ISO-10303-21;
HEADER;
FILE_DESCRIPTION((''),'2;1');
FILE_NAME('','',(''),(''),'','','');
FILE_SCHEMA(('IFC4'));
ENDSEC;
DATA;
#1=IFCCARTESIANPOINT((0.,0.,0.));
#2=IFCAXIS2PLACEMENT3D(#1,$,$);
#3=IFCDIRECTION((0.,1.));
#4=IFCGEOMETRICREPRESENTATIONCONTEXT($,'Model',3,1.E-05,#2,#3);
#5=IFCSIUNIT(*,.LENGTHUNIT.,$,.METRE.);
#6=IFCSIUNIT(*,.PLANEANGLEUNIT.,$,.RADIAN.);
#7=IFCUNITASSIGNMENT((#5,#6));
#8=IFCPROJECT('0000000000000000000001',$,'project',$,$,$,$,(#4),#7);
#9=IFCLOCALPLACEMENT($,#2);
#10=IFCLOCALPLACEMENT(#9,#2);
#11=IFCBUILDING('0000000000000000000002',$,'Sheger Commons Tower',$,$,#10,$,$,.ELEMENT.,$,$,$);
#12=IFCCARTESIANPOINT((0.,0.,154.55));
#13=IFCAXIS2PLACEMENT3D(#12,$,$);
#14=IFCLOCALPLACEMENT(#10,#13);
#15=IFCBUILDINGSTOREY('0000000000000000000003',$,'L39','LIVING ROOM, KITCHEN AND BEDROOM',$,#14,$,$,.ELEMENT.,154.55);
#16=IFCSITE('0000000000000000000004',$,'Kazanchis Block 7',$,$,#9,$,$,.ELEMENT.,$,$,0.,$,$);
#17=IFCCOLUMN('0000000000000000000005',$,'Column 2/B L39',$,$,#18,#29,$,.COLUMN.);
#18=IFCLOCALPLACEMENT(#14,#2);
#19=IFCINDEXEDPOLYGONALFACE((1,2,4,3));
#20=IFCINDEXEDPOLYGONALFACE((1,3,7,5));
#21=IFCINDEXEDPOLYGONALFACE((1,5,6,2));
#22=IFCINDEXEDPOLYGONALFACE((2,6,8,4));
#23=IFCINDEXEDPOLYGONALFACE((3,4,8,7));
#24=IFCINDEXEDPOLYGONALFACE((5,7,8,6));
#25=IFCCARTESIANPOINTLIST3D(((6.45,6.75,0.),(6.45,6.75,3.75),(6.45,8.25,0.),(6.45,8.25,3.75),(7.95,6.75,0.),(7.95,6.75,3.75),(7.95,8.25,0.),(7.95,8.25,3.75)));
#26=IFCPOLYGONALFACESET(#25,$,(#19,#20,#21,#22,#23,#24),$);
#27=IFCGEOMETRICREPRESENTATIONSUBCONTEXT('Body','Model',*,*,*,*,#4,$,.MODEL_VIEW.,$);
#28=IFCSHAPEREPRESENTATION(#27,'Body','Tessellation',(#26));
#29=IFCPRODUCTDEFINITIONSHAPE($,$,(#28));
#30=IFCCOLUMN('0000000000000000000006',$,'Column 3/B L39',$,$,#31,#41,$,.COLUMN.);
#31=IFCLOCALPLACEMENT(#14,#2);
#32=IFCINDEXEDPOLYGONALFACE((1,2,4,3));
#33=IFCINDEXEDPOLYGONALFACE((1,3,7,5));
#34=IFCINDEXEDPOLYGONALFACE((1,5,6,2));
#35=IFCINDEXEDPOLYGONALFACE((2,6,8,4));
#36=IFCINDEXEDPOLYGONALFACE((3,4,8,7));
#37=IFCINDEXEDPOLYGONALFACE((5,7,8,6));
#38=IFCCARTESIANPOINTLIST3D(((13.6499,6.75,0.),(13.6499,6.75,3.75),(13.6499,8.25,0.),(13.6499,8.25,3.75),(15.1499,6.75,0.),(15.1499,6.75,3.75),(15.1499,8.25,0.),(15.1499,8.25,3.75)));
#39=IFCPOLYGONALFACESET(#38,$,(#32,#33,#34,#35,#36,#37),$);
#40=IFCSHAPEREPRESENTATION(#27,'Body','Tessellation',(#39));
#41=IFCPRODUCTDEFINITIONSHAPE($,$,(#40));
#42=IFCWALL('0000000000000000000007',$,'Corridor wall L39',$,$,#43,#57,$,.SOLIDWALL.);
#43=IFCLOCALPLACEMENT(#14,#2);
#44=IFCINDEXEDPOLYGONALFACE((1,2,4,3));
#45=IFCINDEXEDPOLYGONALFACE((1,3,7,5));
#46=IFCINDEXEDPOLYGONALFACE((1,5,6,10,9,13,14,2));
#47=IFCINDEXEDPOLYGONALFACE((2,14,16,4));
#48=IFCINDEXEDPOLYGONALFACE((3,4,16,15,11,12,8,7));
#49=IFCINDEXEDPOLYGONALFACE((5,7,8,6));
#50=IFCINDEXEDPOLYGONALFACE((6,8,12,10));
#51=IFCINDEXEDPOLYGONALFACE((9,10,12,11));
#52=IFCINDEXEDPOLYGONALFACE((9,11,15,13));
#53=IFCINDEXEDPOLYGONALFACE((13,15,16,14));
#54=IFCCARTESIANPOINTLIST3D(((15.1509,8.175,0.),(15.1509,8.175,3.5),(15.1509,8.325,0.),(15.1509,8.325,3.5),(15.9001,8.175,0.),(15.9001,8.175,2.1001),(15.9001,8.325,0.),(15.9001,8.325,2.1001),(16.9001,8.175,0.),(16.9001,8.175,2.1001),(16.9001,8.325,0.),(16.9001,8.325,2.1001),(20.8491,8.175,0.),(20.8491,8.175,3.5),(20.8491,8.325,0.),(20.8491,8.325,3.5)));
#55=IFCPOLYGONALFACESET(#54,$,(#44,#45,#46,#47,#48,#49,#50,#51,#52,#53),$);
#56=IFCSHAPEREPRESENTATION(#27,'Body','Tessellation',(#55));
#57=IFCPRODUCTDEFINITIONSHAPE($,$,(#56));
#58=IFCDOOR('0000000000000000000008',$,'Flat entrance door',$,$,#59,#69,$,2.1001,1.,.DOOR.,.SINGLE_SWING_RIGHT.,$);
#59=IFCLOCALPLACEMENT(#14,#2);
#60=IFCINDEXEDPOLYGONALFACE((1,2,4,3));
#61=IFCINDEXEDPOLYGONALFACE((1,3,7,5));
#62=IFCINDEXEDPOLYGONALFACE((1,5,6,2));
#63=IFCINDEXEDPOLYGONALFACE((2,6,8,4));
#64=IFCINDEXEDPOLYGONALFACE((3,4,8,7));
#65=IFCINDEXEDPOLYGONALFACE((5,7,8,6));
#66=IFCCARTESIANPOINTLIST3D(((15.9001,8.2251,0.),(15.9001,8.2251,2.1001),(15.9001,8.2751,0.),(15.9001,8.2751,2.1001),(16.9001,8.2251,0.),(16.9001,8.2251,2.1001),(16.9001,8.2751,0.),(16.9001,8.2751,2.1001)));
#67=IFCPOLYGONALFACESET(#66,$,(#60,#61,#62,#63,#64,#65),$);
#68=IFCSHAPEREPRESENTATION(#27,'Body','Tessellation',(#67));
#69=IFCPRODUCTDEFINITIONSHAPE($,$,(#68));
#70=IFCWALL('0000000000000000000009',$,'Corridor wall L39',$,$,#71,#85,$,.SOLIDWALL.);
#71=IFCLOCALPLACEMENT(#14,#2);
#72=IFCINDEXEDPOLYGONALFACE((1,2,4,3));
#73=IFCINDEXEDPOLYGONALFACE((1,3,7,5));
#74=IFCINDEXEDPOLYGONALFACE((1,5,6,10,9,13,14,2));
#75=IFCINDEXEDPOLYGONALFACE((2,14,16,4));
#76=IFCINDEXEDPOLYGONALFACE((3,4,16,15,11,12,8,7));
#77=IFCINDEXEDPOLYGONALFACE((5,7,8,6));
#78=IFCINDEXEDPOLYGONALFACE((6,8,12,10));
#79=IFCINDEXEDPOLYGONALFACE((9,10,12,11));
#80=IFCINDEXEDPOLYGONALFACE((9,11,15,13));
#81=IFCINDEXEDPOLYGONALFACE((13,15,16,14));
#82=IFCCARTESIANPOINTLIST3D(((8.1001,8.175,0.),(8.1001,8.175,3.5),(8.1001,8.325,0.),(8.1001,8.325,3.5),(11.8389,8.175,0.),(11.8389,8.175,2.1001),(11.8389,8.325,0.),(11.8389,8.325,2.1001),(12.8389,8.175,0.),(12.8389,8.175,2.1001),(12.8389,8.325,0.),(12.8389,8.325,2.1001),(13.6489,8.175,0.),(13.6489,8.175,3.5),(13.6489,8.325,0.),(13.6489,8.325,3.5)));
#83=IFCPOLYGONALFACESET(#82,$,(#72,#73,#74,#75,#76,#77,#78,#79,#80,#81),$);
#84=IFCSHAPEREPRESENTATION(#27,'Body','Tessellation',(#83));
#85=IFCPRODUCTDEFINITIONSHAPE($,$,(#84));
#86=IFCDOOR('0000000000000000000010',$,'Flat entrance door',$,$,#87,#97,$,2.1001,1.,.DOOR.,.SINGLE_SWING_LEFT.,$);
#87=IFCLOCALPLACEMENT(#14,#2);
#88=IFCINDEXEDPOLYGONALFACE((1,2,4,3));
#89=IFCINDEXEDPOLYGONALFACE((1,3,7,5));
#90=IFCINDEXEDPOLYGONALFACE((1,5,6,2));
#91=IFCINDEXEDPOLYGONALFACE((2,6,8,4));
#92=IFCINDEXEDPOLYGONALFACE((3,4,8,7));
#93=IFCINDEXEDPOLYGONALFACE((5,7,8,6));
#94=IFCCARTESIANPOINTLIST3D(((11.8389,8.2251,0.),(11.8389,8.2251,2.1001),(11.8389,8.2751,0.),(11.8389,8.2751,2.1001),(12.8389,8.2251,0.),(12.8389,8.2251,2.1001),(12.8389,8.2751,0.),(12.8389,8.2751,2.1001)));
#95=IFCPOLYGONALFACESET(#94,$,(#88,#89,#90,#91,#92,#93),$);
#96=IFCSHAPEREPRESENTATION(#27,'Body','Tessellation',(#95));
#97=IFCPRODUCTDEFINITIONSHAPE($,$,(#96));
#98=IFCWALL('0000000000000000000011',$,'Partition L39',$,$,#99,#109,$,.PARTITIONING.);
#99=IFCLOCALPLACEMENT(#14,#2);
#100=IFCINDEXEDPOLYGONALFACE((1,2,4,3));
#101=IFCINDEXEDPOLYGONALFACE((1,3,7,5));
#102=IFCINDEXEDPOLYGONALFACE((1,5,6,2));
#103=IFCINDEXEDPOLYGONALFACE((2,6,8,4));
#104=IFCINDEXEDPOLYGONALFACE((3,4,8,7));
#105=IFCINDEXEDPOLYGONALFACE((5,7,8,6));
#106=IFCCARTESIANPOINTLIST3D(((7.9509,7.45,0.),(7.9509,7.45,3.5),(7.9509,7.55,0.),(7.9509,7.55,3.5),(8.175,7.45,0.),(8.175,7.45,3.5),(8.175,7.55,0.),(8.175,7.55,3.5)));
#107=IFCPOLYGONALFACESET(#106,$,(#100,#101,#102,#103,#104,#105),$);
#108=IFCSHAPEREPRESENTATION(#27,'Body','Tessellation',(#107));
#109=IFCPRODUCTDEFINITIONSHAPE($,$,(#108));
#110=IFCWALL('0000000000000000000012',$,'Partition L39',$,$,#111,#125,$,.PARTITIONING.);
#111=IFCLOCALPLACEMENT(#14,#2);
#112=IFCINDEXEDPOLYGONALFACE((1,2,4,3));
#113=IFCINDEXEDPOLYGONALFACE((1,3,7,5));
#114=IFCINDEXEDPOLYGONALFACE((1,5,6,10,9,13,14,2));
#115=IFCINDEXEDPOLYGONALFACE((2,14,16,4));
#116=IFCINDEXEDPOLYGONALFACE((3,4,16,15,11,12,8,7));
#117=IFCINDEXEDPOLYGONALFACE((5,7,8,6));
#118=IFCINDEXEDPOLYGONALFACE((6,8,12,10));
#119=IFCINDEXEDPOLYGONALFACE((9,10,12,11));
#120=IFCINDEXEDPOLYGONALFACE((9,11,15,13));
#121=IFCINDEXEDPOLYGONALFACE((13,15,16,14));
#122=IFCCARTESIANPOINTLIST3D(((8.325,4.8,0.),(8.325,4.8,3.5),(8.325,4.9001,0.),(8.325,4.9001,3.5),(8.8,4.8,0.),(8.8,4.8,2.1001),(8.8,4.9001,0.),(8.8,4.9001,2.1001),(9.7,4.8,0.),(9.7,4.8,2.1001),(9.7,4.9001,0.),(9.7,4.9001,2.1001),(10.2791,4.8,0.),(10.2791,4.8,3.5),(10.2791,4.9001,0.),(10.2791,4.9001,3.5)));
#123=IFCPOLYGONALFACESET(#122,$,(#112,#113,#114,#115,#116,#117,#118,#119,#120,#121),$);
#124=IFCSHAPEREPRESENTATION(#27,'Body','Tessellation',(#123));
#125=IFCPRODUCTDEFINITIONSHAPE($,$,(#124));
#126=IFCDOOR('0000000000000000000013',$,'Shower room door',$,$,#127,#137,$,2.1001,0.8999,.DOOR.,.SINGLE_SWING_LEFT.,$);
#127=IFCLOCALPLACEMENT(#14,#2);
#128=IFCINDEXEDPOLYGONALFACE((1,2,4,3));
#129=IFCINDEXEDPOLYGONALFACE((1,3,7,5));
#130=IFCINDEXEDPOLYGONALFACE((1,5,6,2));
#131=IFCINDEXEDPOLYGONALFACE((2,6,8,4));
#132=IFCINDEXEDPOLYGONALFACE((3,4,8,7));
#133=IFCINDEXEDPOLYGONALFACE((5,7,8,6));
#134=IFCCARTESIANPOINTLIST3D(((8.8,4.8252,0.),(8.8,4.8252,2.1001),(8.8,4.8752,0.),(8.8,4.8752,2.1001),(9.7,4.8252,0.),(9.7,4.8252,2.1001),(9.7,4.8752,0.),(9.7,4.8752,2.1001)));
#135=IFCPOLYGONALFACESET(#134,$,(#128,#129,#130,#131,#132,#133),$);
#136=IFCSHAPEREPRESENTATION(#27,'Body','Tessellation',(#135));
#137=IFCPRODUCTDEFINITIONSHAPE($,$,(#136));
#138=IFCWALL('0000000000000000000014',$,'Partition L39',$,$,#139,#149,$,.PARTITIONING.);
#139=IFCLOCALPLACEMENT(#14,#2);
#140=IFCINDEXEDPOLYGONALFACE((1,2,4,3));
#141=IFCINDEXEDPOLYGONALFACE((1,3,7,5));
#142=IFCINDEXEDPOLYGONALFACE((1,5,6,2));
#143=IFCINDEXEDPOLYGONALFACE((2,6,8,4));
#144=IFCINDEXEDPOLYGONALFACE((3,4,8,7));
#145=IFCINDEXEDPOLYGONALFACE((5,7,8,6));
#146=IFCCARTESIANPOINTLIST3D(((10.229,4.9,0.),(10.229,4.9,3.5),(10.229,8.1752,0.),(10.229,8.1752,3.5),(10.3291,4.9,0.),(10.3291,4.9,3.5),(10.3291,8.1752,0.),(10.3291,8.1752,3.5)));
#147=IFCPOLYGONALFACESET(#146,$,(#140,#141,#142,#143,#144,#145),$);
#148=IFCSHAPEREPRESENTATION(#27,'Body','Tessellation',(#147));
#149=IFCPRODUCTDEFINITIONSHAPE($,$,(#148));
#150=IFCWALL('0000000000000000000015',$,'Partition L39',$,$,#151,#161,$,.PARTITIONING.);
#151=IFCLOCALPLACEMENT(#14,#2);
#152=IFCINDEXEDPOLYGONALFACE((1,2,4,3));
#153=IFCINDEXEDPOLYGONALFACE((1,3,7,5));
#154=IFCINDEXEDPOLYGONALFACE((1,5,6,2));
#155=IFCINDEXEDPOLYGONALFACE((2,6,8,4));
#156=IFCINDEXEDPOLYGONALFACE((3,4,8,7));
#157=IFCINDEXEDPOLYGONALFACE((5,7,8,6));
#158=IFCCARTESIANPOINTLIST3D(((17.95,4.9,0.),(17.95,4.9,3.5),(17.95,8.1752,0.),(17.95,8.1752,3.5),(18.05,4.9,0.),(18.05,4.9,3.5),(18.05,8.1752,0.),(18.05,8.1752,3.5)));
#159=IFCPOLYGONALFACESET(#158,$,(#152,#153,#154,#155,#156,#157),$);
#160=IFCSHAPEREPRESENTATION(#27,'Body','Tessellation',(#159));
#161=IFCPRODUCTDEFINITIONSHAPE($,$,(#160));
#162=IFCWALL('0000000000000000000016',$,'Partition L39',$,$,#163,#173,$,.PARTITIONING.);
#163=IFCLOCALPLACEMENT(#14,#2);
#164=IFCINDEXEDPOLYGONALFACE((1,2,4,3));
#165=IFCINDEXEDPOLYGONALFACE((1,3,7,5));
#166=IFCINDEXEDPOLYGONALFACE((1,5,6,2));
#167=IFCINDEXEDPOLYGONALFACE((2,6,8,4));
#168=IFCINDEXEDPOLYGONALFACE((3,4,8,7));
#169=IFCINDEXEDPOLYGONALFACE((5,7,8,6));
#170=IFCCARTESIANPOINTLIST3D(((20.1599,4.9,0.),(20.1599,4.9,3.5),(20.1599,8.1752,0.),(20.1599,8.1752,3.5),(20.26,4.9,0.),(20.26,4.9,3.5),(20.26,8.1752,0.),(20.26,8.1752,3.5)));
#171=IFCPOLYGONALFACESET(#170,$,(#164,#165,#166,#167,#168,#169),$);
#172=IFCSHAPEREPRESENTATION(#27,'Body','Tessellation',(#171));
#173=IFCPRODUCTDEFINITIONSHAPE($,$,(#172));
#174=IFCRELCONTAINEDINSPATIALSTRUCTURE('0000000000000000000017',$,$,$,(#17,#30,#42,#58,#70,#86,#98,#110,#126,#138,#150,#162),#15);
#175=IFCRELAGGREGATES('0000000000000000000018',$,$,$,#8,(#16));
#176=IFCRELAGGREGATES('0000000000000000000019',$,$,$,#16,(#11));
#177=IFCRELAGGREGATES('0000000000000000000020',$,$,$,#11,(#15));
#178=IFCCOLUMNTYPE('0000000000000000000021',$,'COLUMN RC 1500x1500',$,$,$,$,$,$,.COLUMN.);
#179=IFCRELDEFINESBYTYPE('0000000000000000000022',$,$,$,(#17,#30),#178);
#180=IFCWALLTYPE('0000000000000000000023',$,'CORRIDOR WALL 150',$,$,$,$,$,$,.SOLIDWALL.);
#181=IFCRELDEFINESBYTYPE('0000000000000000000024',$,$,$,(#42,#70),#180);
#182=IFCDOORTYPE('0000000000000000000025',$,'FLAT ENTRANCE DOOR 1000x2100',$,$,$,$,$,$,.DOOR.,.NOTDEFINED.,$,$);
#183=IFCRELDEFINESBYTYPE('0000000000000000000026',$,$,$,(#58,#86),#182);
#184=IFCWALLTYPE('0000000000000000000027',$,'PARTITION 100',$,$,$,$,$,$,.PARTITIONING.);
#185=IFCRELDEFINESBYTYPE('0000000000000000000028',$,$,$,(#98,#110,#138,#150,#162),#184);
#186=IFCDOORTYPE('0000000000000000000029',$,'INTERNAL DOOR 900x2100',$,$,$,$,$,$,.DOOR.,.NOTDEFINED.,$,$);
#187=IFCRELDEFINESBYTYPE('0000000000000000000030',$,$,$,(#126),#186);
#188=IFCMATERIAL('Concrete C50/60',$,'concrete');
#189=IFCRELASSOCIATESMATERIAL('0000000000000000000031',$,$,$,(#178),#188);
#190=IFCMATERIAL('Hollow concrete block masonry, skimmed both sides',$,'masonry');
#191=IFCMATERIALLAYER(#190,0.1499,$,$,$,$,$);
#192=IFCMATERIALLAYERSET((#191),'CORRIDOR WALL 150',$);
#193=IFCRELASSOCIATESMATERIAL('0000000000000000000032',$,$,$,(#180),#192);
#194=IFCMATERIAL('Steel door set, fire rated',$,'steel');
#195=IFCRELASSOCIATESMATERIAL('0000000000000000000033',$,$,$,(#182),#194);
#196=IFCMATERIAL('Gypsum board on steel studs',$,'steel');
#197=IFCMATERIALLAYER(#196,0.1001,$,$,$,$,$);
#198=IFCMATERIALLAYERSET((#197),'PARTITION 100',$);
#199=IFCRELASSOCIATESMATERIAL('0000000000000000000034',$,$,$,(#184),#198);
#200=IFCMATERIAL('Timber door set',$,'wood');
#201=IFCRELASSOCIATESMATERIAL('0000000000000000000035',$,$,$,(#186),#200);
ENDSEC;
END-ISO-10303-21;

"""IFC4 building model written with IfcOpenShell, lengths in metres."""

from ifc_helpers import new_model, si_unit, direction, frame, frame_2d, origin, origin_2d, place, context, subcontext, project, spatial, rectangle, extrude, material, layer, layer_set, material_profile, profile_set, type_object, element, fill, save


model = new_model("IFC4")

# Units and contexts
model_context = context("Model", 3, precision=1e-05, world=origin(), true_north=direction((0.0, 1.0)))
body_context = subcontext(model_context, "Body", "Model", "MODEL_VIEW")
ifc_project = project(units=[si_unit("LENGTHUNIT", "METRE"), si_unit("PLANEANGLEUNIT", "RADIAN")], contexts=[model_context])

# Site, building, storey
site_placement = place(None, origin())
site = spatial("IfcSite", under=ifc_project, at=site_placement, Name="Kazanchis Block 7", CompositionType="ELEMENT", RefElevation=0.0)
building_placement = place(site_placement, origin())
building = spatial("IfcBuilding", under=site, at=building_placement, Name="Sheger Commons Tower", CompositionType="ELEMENT")
storey_placement = place(building_placement, frame((0.0, 0.0, 154.55)))
storey = spatial("IfcBuildingStorey", under=building, at=storey_placement, Name="L39", Description="LIVING ROOM, KITCHEN AND BEDROOM", CompositionType="ELEMENT", Elevation=154.55)

# Columns
ifc_material_1 = material(Name="Concrete C50/60", Category="concrete")
ifc_material_profile = material_profile(ifc_material_1, rectangle(XDim=1.5, YDim=1.5, at=origin_2d()), Name="RC 1500x1500")
ifc_profile_set = profile_set([ifc_material_profile], Name="Concrete C50/60")
column_type = type_object("IfcColumnType", Name="COLUMN RC 1500x1500", PredefinedType="COLUMN", material=ifc_profile_set)
for number, where, z_axis, x_axis, name in (
    (1, (7.2, 7.5, 0.0), (0.0, 0.0, 1.0), (1.0, 0.0, 0.0), "Column 2/B L39"),
    (2, (14.3999, 7.5, 0.0), (0.0, 0.0, 1.0), (1.0, 0.0, 0.0), "Column 3/B L39"),
):
    element("IfcColumn", number, at=place(storey_placement, frame(where, z_axis=z_axis, x_axis=x_axis)), inside=storey, type_object=column_type, Name=name, PredefinedType="COLUMN", context=body_context, shape_type="SweptSolid", body=[
        extrude(rectangle(XDim=1.5, YDim=1.5, at=origin_2d()), origin(), (0.0, 0.0, 1.0), 3.75),
    ])

# Walls, openings, doors
ifc_material_2 = material(Name="Hollow concrete block masonry, skimmed both sides", Category="masonry")
ifc_layer_1 = layer(ifc_material_2, 0.1499)
ifc_layer_set_1 = layer_set([ifc_layer_1], Name="CORRIDOR WALL 150")
wall_type_1 = type_object("IfcWallType", Name="CORRIDOR WALL 150", PredefinedType="SOLIDWALL", material=ifc_layer_set_1)
wall_1_placement = place(storey_placement, frame((20.8491, 8.25, 0.0), z_axis=(0.0, 0.0, 1.0), x_axis=(-1.0, 0.0, 0.0)))
wall_1 = element("IfcWall", 3, at=wall_1_placement, inside=storey, type_object=wall_type_1, Name="Corridor wall L39", PredefinedType="SOLIDWALL", context=body_context, shape_type="SweptSolid", body=[
    extrude(rectangle(XDim=5.6982, YDim=0.1499, at=frame_2d((2.8491, 0.0))), origin(), (0.0, 0.0, 1.0), 3.5),
])
opening_1_placement = place(wall_1_placement, frame((3.949, 0.0, 0.0)))
opening_1 = element("IfcOpeningElement", 4, at=opening_1_placement, cuts=wall_1, PredefinedType="OPENING", context=body_context, shape_type="SweptSolid", body=[
    extrude(rectangle(XDim=1.0, YDim=2.1001, at=frame_2d((0.5, 1.05))), frame((0.0, 0.085, 0.0), z_axis=(0.0, -1.0, 0.0), x_axis=(1.0, 0.0, 0.0)), (0.0, 0.0, 1.0), 0.1699),
])
ifc_material_3 = material(Name="Steel door set, fire rated", Category="steel")
door_type_1 = type_object("IfcDoorType", Name="FLAT ENTRANCE DOOR 1000x2100", OperationType="NOTDEFINED", PredefinedType="DOOR", material=ifc_material_3)
door_1_placement = place(opening_1_placement, origin())
door_1 = element("IfcDoor", 5, at=door_1_placement, inside=storey, type_object=door_type_1, Name="Flat entrance door", OperationType="SINGLE_SWING_RIGHT", OverallHeight=2.1001, OverallWidth=1.0, PredefinedType="DOOR", context=body_context, shape_type="SweptSolid", body=[
    extrude(rectangle(XDim=1.0, YDim=2.1001, at=frame_2d((0.5, 1.05))), frame((0.0, 0.0249, 0.0), z_axis=(0.0, -1.0, 0.0), x_axis=(1.0, 0.0, 0.0)), (0.0, 0.0, 1.0), 0.05),
])
fill(opening_1, door_1)
wall_2_placement = place(storey_placement, frame((13.6489, 8.25, 0.0), z_axis=(0.0, 0.0, 1.0), x_axis=(-1.0, 0.0, 0.0)))
wall_2 = element("IfcWall", 6, at=wall_2_placement, inside=storey, type_object=wall_type_1, Name="Corridor wall L39", PredefinedType="SOLIDWALL", context=body_context, shape_type="SweptSolid", body=[
    extrude(rectangle(XDim=5.5488, YDim=0.1499, at=frame_2d((2.7744, 0.0))), origin(), (0.0, 0.0, 1.0), 3.5),
])
opening_2_placement = place(wall_2_placement, frame((0.8101, 0.0, 0.0)))
opening_2 = element("IfcOpeningElement", 7, at=opening_2_placement, cuts=wall_2, PredefinedType="OPENING", context=body_context, shape_type="SweptSolid", body=[
    extrude(rectangle(XDim=1.0, YDim=2.1001, at=frame_2d((0.5, 1.05))), frame((0.0, 0.085, 0.0), z_axis=(0.0, -1.0, 0.0), x_axis=(1.0, 0.0, 0.0)), (0.0, 0.0, 1.0), 0.1699),
])
door_2_placement = place(opening_2_placement, origin())
door_2 = element("IfcDoor", 8, at=door_2_placement, inside=storey, type_object=door_type_1, Name="Flat entrance door", OperationType="SINGLE_SWING_LEFT", OverallHeight=2.1001, OverallWidth=1.0, PredefinedType="DOOR", context=body_context, shape_type="SweptSolid", body=[
    extrude(rectangle(XDim=1.0, YDim=2.1001, at=frame_2d((0.5, 1.05))), frame((0.0, 0.0249, 0.0), z_axis=(0.0, -1.0, 0.0), x_axis=(1.0, 0.0, 0.0)), (0.0, 0.0, 1.0), 0.05),
])
fill(opening_2, door_2)

# Wall
ifc_material_4 = material(Name="Gypsum board on steel studs", Category="steel")
ifc_layer_2 = layer(ifc_material_4, 0.1001)
ifc_layer_set_2 = layer_set([ifc_layer_2], Name="PARTITION 100")
wall_type_2 = type_object("IfcWallType", Name="PARTITION 100", PredefinedType="PARTITIONING", material=ifc_layer_set_2)
wall_3_placement = place(storey_placement, frame((7.9509, 7.5, 0.0), z_axis=(0.0, 0.0, 1.0), x_axis=(1.0, 0.0, 0.0)))
element("IfcWall", 9, at=wall_3_placement, inside=storey, type_object=wall_type_2, Name="Partition L39", PredefinedType="PARTITIONING", context=body_context, shape_type="SweptSolid", body=[
    extrude(rectangle(XDim=0.2241, YDim=0.1001, at=frame_2d((0.1121, 0.0))), origin(), (0.0, 0.0, 1.0), 3.5),
])

# Wall, opening, door
wall_4_placement = place(storey_placement, frame((10.2791, 4.8501, 0.0), z_axis=(0.0, 0.0, 1.0), x_axis=(-1.0, 0.0, 0.0)))
wall_4 = element("IfcWall", 10, at=wall_4_placement, inside=storey, type_object=wall_type_2, Name="Partition L39", PredefinedType="PARTITIONING", context=body_context, shape_type="SweptSolid", body=[
    extrude(rectangle(XDim=1.9541, YDim=0.1001, at=frame_2d((0.9771, 0.0))), origin(), (0.0, 0.0, 1.0), 3.5),
])
opening_3_placement = place(wall_4_placement, frame((0.5791, 0.0, 0.0)))
opening_3 = element("IfcOpeningElement", 11, at=opening_3_placement, cuts=wall_4, PredefinedType="OPENING", context=body_context, shape_type="SweptSolid", body=[
    extrude(rectangle(XDim=0.8999, YDim=2.1001, at=frame_2d((0.45, 1.05))), frame((0.0, 0.0601, 0.0), z_axis=(0.0, -1.0, 0.0), x_axis=(1.0, 0.0, 0.0)), (0.0, 0.0, 1.0), 0.1201),
])
ifc_material_5 = material(Name="Timber door set", Category="wood")
door_type_2 = type_object("IfcDoorType", Name="INTERNAL DOOR 900x2100", OperationType="NOTDEFINED", PredefinedType="DOOR", material=ifc_material_5)
door_3_placement = place(opening_3_placement, origin())
door_3 = element("IfcDoor", 12, at=door_3_placement, inside=storey, type_object=door_type_2, Name="Shower room door", OperationType="SINGLE_SWING_LEFT", OverallHeight=2.1001, OverallWidth=0.8999, PredefinedType="DOOR", context=body_context, shape_type="SweptSolid", body=[
    extrude(rectangle(XDim=0.8999, YDim=2.1001, at=frame_2d((0.45, 1.05))), frame((0.0, 0.0249, 0.0), z_axis=(0.0, -1.0, 0.0), x_axis=(1.0, 0.0, 0.0)), (0.0, 0.0, 1.0), 0.05),
])
fill(opening_3, door_3)

# Walls
for number, where, z_axis, x_axis, name in (
    (13, (10.2791, 4.8999, 0.0), (0.0, 0.0, 1.0), (0.0, 1.0, 0.0), "Partition L39"),
    (14, (18.0, 4.8999, 0.0), (0.0, 0.0, 1.0), (0.0, 1.0, 0.0), "Partition L39"),
    (15, (20.21, 4.8999, 0.0), (0.0, 0.0, 1.0), (0.0, 1.0, 0.0), "Partition L39"),
):
    element("IfcWall", number, at=place(storey_placement, frame(where, z_axis=z_axis, x_axis=x_axis)), inside=storey, type_object=wall_type_2, Name=name, PredefinedType="PARTITIONING", context=body_context, shape_type="SweptSolid", body=[
        extrude(rectangle(XDim=3.2751, YDim=0.1001, at=frame_2d((1.6377, 0.0))), origin(), (0.0, 0.0, 1.0), 3.5),
    ])

save(model, "model.ifc")
